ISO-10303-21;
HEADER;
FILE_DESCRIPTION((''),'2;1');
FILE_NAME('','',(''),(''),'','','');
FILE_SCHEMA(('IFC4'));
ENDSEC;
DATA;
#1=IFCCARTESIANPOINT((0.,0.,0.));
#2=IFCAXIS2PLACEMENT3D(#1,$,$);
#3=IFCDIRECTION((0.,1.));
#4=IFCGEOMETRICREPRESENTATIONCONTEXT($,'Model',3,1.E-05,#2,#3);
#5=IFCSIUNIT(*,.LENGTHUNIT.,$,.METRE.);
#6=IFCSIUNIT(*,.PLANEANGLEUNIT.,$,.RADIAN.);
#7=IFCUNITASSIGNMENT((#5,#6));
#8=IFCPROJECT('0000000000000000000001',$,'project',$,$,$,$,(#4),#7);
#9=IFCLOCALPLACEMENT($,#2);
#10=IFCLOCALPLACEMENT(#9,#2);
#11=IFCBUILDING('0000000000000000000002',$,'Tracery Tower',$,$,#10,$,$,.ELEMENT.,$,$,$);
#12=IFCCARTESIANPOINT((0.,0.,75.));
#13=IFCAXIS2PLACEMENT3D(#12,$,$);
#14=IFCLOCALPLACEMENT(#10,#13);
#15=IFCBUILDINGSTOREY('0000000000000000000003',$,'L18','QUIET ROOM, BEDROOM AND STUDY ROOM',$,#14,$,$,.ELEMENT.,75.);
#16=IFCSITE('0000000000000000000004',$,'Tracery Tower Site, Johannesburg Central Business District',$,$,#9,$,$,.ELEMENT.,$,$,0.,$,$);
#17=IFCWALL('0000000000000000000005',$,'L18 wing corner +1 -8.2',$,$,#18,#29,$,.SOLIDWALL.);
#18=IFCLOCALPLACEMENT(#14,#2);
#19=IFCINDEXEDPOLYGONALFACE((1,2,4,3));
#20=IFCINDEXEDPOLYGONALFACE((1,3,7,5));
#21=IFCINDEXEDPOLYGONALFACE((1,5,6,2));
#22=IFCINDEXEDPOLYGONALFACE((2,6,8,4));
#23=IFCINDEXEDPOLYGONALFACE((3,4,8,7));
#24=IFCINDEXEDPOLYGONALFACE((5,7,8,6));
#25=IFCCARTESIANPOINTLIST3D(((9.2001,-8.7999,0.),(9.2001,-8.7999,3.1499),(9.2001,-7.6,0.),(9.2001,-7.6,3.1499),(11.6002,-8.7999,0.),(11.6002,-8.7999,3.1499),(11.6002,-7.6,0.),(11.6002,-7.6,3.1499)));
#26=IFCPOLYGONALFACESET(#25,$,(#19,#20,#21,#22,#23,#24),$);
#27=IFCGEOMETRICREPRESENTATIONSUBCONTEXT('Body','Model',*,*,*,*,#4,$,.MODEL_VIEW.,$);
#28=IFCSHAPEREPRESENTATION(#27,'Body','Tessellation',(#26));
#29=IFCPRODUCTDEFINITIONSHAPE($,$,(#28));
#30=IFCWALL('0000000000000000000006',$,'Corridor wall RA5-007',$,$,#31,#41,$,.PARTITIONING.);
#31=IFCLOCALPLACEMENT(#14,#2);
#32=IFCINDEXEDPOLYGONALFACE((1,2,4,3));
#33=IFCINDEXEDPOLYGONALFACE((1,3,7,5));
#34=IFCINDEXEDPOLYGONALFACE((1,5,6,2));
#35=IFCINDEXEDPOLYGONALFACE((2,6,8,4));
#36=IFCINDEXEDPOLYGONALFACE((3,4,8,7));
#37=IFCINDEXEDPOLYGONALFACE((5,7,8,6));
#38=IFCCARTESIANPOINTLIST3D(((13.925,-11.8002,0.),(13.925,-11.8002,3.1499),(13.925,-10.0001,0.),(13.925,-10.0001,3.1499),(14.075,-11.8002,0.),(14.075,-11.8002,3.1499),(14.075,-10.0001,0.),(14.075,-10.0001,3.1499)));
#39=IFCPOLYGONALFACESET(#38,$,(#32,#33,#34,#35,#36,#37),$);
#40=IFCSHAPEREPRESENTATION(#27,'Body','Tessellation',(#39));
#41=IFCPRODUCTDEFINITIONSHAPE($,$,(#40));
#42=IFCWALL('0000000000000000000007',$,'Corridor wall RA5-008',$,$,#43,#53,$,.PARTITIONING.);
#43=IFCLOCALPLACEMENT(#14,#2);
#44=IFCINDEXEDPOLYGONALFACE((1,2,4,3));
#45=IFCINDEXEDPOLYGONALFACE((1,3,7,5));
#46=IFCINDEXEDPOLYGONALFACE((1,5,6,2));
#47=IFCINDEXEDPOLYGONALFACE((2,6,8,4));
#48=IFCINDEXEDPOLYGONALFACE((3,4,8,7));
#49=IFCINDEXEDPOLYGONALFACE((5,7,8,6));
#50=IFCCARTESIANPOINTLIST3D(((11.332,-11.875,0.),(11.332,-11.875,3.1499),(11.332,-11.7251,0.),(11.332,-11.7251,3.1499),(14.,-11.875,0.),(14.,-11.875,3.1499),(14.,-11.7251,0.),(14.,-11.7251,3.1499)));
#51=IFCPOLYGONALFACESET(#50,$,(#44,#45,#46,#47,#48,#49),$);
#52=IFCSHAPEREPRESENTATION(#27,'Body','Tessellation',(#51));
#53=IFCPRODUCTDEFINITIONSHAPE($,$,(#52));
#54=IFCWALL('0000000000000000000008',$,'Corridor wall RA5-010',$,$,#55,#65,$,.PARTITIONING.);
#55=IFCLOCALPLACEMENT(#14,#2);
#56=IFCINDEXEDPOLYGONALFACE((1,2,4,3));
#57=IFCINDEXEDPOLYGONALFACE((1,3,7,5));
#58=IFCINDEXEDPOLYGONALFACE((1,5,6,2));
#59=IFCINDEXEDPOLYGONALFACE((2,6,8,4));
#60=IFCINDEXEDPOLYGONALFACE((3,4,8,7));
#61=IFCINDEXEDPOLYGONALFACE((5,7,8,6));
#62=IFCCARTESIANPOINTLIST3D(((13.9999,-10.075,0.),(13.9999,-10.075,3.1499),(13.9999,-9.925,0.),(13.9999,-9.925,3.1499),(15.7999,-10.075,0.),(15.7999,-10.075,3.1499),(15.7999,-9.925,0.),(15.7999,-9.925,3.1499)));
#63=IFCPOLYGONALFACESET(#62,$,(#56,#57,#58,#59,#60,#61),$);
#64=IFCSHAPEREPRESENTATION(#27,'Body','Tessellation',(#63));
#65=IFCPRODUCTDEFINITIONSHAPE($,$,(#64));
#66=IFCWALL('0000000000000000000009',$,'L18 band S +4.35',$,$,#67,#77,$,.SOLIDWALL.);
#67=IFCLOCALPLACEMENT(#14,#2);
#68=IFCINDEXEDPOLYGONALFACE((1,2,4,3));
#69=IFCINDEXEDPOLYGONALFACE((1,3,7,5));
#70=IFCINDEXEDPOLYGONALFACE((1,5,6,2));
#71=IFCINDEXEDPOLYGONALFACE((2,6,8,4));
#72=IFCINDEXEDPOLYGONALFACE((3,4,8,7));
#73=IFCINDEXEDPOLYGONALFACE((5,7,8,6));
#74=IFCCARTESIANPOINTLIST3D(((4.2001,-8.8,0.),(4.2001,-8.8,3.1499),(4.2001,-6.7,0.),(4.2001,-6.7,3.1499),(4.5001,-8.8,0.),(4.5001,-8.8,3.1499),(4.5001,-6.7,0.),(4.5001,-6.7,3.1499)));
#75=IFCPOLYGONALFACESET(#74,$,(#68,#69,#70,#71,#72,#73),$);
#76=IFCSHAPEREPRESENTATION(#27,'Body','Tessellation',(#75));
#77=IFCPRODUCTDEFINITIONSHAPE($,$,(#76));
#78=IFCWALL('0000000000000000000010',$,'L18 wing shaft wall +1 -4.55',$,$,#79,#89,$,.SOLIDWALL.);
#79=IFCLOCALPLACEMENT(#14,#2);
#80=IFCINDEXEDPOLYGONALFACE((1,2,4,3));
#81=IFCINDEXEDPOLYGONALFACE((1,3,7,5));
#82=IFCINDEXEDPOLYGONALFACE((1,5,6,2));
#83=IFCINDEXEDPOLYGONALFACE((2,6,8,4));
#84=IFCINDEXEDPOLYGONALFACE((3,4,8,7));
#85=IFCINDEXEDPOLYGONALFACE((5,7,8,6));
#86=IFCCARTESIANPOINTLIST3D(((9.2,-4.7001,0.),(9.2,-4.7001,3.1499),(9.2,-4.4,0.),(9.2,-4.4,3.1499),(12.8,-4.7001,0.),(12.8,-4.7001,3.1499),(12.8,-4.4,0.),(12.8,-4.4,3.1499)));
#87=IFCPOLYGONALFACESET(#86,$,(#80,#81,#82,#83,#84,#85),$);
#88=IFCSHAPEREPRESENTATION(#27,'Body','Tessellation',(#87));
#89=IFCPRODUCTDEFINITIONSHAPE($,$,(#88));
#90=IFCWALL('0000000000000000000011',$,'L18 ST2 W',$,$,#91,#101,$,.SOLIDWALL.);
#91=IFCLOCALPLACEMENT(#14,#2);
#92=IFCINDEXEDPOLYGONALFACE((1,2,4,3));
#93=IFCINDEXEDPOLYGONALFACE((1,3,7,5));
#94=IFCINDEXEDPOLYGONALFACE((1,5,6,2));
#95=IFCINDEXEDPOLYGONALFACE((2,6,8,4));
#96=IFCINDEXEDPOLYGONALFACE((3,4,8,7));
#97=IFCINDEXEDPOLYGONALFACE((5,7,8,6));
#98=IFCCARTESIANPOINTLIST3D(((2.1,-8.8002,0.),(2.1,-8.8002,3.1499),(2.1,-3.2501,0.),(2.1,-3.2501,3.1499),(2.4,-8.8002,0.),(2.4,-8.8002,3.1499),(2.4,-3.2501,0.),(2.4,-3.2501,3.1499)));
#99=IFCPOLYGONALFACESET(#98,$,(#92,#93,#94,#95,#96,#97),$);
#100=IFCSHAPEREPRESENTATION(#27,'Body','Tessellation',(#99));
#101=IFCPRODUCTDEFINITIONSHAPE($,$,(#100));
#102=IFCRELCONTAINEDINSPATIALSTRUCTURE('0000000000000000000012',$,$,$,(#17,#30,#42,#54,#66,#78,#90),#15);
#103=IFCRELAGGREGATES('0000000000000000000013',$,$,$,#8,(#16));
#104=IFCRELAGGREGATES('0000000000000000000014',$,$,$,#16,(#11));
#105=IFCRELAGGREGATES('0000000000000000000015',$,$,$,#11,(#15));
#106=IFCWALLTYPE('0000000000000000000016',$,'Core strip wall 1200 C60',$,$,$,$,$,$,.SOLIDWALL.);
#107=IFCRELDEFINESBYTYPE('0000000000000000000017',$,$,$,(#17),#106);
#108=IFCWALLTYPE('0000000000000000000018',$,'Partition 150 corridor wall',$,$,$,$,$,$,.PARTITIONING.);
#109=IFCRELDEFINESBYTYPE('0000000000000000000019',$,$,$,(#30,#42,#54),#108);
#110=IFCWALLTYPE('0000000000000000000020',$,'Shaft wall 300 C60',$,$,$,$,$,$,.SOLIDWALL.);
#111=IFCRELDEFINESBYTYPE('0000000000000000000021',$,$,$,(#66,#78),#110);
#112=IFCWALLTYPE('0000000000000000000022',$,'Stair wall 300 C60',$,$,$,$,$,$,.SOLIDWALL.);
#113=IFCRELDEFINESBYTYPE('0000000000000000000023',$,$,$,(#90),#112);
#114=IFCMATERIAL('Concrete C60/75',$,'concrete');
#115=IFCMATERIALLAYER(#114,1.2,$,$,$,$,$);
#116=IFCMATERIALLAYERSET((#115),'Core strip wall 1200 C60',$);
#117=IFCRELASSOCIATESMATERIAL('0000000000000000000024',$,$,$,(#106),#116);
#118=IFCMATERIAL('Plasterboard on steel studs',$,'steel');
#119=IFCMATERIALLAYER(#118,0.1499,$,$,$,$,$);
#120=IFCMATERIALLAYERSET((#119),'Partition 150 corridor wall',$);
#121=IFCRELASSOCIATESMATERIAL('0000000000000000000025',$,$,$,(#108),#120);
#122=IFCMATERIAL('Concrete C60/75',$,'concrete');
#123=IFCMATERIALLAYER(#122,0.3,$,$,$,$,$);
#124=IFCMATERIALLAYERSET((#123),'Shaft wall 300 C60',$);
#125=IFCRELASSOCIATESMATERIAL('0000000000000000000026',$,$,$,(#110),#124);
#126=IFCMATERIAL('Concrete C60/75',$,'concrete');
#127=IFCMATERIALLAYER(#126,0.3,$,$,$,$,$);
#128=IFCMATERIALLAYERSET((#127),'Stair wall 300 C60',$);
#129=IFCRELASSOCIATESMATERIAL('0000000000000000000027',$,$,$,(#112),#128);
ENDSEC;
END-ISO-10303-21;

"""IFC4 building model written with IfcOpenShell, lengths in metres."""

from ifc_helpers import new_model, si_unit, direction, frame, frame_2d, origin, place, context, subcontext, project, spatial, rectangle, extrude, material, layer, layer_set, type_object, element, save


model = new_model("IFC4")

# Units and contexts
model_context = context("Model", 3, precision=1e-05, world=origin(), true_north=direction((0.0, 1.0)))
body_context = subcontext(model_context, "Body", "Model", "MODEL_VIEW")
ifc_project = project(units=[si_unit("LENGTHUNIT", "METRE"), si_unit("PLANEANGLEUNIT", "RADIAN")], contexts=[model_context])

# Site, building, storey
site_placement = place(None, origin())
site = spatial("IfcSite", under=ifc_project, at=site_placement, Name="Tracery Tower Site, Johannesburg Central Business District", CompositionType="ELEMENT", RefElevation=0.0)
building_placement = place(site_placement, origin())
building = spatial("IfcBuilding", under=site, at=building_placement, Name="Tracery Tower", CompositionType="ELEMENT")
storey_placement = place(building_placement, frame((0.0, 0.0, 75.0)))
storey = spatial("IfcBuildingStorey", under=building, at=storey_placement, Name="L18", Description="QUIET ROOM, BEDROOM AND STUDY ROOM", CompositionType="ELEMENT", Elevation=75.0)

# Wall
ifc_material_1 = material(Name="Concrete C60/75", Category="concrete")
ifc_layer_1 = layer(ifc_material_1, 1.2)
ifc_layer_set_1 = layer_set([ifc_layer_1], Name="Core strip wall 1200 C60")
wall_type_1 = type_object("IfcWallType", Name="Core strip wall 1200 C60", PredefinedType="SOLIDWALL", material=ifc_layer_set_1)
wall_1_placement = place(storey_placement, frame((9.2, -8.2, 0.0), z_axis=(0.0, 0.0, 1.0), x_axis=(1.0, 0.0, 0.0)))
element("IfcWall", 1, at=wall_1_placement, inside=storey, type_object=wall_type_1, Name="L18 wing corner +1 -8.2", PredefinedType="SOLIDWALL", context=body_context, shape_type="SweptSolid", body=[
    extrude(rectangle(XDim=2.4001, YDim=1.2, at=frame_2d((1.2002, 0.0))), origin(), (0.0, 0.0, 1.0), 3.1499),
])

# Walls
ifc_material_2 = material(Name="Plasterboard on steel studs", Category="steel")
ifc_layer_2 = layer(ifc_material_2, 0.1499)
ifc_layer_set_2 = layer_set([ifc_layer_2], Name="Partition 150 corridor wall")
wall_type_2 = type_object("IfcWallType", Name="Partition 150 corridor wall", PredefinedType="PARTITIONING", material=ifc_layer_set_2)
wall_2_placement = place(storey_placement, frame((14.0, -11.8, 0.0), z_axis=(0.0, 0.0, 1.0), x_axis=(0.0, 1.0, 0.0)))
element("IfcWall", 2, at=wall_2_placement, inside=storey, type_object=wall_type_2, Name="Corridor wall RA5-007", PredefinedType="PARTITIONING", context=body_context, shape_type="SweptSolid", body=[
    extrude(rectangle(XDim=1.8, YDim=0.1499, at=frame_2d((0.8999, 0.0))), origin(), (0.0, 0.0, 1.0), 3.1499),
])
wall_3_placement = place(storey_placement, frame((11.332, -11.8, 0.0), z_axis=(0.0, 0.0, 1.0), x_axis=(1.0, 0.0, 0.0)))
element("IfcWall", 3, at=wall_3_placement, inside=storey, type_object=wall_type_2, Name="Corridor wall RA5-008", PredefinedType="PARTITIONING", context=body_context, shape_type="SweptSolid", body=[
    extrude(rectangle(XDim=2.668, YDim=0.1499, at=frame_2d((1.334, 0.0))), origin(), (0.0, 0.0, 1.0), 3.1499),
])
wall_4_placement = place(storey_placement, frame((14.0, -10.0, 0.0), z_axis=(0.0, 0.0, 1.0), x_axis=(1.0, 0.0, 0.0)))
element("IfcWall", 4, at=wall_4_placement, inside=storey, type_object=wall_type_2, Name="Corridor wall RA5-010", PredefinedType="PARTITIONING", context=body_context, shape_type="SweptSolid", body=[
    extrude(rectangle(XDim=1.8, YDim=0.1499, at=frame_2d((0.8999, 0.0))), origin(), (0.0, 0.0, 1.0), 3.1499),
])
ifc_material_3 = material(Name="Concrete C60/75", Category="concrete")
ifc_layer_3 = layer(ifc_material_3, 0.3)
ifc_layer_set_3 = layer_set([ifc_layer_3], Name="Shaft wall 300 C60")
wall_type_3 = type_object("IfcWallType", Name="Shaft wall 300 C60", PredefinedType="SOLIDWALL", material=ifc_layer_set_3)
wall_5_placement = place(storey_placement, frame((4.3501, -8.8, 0.0), z_axis=(0.0, 0.0, 1.0), x_axis=(0.0, 1.0, 0.0)))
element("IfcWall", 5, at=wall_5_placement, inside=storey, type_object=wall_type_3, Name="L18 band S +4.35", PredefinedType="SOLIDWALL", context=body_context, shape_type="SweptSolid", body=[
    extrude(rectangle(XDim=2.1001, YDim=0.3, at=frame_2d((1.05, 0.0))), origin(), (0.0, 0.0, 1.0), 3.1499),
])
wall_6_placement = place(storey_placement, frame((9.2, -4.55, 0.0), z_axis=(0.0, 0.0, 1.0), x_axis=(1.0, 0.0, 0.0)))
element("IfcWall", 6, at=wall_6_placement, inside=storey, type_object=wall_type_3, Name="L18 wing shaft wall +1 -4.55", PredefinedType="SOLIDWALL", context=body_context, shape_type="SweptSolid", body=[
    extrude(rectangle(XDim=3.6001, YDim=0.3, at=frame_2d((1.8, 0.0))), origin(), (0.0, 0.0, 1.0), 3.1499),
])

# Shared definitions
ifc_material_4 = material(Name="Concrete C60/75", Category="concrete")
ifc_layer_4 = layer(ifc_material_4, 0.3)
ifc_layer_set_4 = layer_set([ifc_layer_4], Name="Stair wall 300 C60")
wall_type_4 = type_object("IfcWallType", Name="Stair wall 300 C60", PredefinedType="SOLIDWALL", material=ifc_layer_set_4)

# Wall
wall_7_placement = place(storey_placement, frame((2.25, -8.8, 0.0), z_axis=(0.0, 0.0, 1.0), x_axis=(0.0, 1.0, 0.0)))
element("IfcWall", 7, at=wall_7_placement, inside=storey, type_object=wall_type_4, Name="L18 ST2 W", PredefinedType="SOLIDWALL", context=body_context, shape_type="SweptSolid", body=[
    extrude(rectangle(XDim=5.55, YDim=0.3, at=frame_2d((2.7749, 0.0))), origin(), (0.0, 0.0, 1.0), 3.1499),
])

save(model, "model.ifc")
